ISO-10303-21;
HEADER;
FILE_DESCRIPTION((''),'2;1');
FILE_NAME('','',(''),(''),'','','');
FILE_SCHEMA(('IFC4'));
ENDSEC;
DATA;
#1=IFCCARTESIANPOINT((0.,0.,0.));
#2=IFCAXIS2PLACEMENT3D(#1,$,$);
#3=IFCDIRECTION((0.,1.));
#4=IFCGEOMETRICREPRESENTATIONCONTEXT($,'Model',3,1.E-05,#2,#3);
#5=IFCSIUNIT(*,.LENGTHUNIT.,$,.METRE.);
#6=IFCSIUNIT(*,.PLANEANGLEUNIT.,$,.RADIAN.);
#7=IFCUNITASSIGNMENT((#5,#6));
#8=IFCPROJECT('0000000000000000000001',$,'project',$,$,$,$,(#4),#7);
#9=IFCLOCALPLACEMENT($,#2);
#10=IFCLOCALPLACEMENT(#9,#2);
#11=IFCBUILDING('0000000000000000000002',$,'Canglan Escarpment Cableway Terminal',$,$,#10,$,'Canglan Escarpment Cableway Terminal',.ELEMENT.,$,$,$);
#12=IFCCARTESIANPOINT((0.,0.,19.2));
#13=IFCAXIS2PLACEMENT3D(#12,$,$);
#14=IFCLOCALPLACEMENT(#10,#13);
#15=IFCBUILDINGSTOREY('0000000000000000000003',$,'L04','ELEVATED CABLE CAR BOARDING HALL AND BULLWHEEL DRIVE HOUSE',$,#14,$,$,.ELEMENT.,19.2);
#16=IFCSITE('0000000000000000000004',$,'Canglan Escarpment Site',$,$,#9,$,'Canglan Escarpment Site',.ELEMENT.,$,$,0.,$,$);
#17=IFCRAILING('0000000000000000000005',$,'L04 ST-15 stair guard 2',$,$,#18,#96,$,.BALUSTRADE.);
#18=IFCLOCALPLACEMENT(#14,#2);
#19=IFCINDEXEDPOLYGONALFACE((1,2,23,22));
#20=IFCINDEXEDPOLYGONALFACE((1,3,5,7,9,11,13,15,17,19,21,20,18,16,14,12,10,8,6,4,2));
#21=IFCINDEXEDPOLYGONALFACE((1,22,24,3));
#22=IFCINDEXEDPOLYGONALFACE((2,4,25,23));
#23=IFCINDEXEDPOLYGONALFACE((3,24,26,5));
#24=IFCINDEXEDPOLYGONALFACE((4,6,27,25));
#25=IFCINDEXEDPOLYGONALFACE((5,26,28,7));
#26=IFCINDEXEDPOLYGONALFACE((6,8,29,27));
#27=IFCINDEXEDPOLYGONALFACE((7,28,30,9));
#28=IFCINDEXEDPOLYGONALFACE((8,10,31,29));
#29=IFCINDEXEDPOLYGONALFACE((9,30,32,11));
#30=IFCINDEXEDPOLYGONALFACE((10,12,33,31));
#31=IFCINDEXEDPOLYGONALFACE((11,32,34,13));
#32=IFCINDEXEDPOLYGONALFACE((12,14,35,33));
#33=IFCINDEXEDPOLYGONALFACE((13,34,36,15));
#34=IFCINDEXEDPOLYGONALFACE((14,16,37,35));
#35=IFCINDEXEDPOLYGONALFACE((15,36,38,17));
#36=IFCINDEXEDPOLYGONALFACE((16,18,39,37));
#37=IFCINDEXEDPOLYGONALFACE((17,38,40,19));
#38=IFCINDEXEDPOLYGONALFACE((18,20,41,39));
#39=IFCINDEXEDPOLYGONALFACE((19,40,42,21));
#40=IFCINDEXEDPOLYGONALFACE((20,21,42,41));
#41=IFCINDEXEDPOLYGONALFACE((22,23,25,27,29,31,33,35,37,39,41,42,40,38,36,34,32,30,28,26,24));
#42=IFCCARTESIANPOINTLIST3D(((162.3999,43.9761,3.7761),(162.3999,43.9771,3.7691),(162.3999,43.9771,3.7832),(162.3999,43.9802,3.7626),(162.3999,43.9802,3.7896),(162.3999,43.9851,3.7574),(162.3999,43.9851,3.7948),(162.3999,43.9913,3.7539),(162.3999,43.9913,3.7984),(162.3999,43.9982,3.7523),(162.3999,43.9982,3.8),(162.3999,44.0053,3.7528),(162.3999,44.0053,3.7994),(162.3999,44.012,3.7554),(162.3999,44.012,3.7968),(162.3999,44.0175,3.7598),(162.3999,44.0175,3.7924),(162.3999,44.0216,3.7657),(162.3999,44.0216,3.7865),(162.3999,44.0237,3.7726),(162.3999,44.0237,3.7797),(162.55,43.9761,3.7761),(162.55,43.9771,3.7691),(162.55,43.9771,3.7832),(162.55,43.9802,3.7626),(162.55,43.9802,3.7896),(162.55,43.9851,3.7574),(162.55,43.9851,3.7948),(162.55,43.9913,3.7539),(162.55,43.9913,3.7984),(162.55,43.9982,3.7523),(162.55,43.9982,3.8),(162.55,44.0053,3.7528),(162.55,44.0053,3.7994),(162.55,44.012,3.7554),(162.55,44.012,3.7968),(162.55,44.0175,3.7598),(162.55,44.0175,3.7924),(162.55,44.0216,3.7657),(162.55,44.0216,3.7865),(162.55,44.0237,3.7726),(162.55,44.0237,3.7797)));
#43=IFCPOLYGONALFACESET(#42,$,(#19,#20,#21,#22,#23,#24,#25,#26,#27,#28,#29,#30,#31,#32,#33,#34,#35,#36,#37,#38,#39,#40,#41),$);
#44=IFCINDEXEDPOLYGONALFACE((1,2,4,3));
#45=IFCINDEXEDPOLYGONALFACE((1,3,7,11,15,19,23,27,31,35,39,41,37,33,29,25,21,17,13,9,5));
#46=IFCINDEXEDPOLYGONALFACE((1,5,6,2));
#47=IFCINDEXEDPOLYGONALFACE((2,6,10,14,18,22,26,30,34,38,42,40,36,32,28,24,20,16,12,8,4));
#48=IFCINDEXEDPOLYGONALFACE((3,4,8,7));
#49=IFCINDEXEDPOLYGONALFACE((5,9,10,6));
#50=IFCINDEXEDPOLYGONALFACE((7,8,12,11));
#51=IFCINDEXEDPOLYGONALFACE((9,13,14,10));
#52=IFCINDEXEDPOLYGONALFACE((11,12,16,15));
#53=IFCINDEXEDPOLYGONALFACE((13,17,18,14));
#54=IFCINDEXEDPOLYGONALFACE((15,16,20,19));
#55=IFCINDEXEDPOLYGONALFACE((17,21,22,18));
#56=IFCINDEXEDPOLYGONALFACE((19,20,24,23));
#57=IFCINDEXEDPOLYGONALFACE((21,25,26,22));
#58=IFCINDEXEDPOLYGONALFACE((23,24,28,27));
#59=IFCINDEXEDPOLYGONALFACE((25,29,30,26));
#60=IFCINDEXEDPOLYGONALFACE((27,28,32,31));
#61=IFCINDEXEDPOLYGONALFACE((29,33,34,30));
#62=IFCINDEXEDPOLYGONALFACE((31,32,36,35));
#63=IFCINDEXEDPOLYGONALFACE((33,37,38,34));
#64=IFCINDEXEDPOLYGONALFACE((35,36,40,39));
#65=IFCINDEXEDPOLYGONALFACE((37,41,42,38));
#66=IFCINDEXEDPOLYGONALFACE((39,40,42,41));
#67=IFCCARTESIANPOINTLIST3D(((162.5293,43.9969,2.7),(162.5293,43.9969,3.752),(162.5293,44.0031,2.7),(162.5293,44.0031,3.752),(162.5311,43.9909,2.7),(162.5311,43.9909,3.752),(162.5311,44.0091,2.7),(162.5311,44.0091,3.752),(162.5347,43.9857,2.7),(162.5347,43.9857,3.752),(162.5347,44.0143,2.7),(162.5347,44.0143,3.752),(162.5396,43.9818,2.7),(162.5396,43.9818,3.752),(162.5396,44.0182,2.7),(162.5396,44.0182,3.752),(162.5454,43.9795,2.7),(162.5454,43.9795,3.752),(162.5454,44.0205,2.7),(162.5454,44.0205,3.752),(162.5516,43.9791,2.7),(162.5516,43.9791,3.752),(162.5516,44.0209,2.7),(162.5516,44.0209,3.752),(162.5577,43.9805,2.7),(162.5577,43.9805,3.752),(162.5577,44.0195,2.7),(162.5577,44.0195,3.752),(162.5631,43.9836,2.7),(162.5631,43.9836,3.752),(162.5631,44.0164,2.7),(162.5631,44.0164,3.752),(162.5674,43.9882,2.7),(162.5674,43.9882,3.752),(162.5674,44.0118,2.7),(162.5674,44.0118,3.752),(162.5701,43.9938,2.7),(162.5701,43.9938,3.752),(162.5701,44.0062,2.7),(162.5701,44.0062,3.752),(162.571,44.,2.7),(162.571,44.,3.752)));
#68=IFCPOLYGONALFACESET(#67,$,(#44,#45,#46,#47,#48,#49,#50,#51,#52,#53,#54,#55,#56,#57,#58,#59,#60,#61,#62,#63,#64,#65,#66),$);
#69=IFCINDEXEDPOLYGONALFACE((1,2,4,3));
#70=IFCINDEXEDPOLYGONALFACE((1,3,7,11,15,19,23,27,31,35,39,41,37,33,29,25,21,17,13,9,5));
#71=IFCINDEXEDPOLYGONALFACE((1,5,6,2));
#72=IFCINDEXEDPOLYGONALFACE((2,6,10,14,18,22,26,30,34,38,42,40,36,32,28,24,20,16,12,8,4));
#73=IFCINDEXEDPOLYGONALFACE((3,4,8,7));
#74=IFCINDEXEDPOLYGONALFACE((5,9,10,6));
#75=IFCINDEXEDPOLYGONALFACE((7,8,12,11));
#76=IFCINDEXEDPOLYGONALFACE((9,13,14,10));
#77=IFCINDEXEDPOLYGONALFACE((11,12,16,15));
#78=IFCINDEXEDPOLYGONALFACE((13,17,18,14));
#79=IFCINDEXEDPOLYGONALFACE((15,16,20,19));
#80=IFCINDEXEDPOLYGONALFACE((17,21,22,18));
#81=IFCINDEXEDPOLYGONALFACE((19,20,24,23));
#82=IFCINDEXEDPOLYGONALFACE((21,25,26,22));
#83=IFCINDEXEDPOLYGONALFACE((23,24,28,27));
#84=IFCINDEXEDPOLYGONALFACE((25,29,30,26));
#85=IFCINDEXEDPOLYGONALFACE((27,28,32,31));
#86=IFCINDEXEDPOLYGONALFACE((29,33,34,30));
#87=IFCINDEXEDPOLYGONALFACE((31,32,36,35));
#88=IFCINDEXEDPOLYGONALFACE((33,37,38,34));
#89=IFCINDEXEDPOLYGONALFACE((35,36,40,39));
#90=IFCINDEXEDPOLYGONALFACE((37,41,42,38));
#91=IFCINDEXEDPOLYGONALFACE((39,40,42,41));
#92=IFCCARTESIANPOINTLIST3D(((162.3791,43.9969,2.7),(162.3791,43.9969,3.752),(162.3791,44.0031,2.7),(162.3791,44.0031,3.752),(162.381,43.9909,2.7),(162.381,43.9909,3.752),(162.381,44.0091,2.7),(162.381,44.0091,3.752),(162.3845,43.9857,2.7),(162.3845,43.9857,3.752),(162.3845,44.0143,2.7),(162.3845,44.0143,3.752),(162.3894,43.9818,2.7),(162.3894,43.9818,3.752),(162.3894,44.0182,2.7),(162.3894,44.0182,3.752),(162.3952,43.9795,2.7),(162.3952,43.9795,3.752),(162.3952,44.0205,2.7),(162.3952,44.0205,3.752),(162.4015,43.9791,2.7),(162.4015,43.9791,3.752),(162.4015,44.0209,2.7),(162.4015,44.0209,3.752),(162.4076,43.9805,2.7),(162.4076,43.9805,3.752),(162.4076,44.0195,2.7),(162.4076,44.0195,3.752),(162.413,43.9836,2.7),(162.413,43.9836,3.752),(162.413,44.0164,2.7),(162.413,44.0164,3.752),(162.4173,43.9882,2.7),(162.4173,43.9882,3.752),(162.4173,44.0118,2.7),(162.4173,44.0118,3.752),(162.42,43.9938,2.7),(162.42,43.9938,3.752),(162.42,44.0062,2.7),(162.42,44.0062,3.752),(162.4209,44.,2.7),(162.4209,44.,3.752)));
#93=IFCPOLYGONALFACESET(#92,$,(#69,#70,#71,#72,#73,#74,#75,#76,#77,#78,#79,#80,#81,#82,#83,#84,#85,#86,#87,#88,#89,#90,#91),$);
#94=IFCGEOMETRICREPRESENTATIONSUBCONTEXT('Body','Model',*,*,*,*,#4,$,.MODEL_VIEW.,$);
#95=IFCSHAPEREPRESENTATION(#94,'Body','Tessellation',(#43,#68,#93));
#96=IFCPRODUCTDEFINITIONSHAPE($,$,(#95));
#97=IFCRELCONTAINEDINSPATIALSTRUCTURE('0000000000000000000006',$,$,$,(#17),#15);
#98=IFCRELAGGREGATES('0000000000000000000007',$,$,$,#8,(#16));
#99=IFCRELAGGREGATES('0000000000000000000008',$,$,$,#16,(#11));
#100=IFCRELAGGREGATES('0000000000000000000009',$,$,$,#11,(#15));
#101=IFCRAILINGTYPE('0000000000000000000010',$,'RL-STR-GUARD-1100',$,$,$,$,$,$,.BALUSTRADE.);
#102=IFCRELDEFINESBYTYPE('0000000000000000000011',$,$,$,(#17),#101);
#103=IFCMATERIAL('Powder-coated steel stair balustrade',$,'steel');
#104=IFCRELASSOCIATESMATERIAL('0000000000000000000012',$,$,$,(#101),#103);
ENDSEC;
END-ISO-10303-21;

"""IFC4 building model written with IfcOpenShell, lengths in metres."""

from ifc_helpers import new_model, si_unit, direction, frame, origin, origin_2d, place, context, subcontext, project, spatial, circle, extrude, material, type_object, element, save


model = new_model("IFC4")

# Units and contexts
model_context = context("Model", 3, precision=1e-05, world=origin(), true_north=direction((0.0, 1.0)))
body_context = subcontext(model_context, "Body", "Model", "MODEL_VIEW")
ifc_project = project(units=[si_unit("LENGTHUNIT", "METRE"), si_unit("PLANEANGLEUNIT", "RADIAN")], contexts=[model_context])

# Site, building, storey
site_placement = place(None, origin())
site = spatial("IfcSite", under=ifc_project, at=site_placement, Name="Canglan Escarpment Site", LongName="Canglan Escarpment Site", CompositionType="ELEMENT", RefElevation=0.0)
building_placement = place(site_placement, origin())
building = spatial("IfcBuilding", under=site, at=building_placement, Name="Canglan Escarpment Cableway Terminal", LongName="Canglan Escarpment Cableway Terminal", CompositionType="ELEMENT")
storey_placement = place(building_placement, frame((0.0, 0.0, 19.2)))
storey = spatial("IfcBuildingStorey", under=building, at=storey_placement, Name="L04", Description="ELEVATED CABLE CAR BOARDING HALL AND BULLWHEEL DRIVE HOUSE", CompositionType="ELEMENT", Elevation=19.2)

# Railing
ifc_material_1 = material(Name="Powder-coated steel stair balustrade", Category="steel")
railing_type_1 = type_object("IfcRailingType", Name="RL-STR-GUARD-1100", PredefinedType="BALUSTRADE", material=ifc_material_1)
railing_1_placement = place(storey_placement, frame((162.55, 44.0, 2.7)))
element("IfcRailing", 1, at=railing_1_placement, inside=storey, type_object=railing_type_1, Name="L04 ST-15 stair guard 2", PredefinedType="BALUSTRADE", context=body_context, shape_type="SweptSolid", body=[
    extrude(circle(Radius=0.0239, at=origin_2d()), frame((0.0, 0.0, 1.0762), z_axis=(-1.0, 0.0, 0.0), x_axis=(0.0, -1.0, 0.0)), (0.0, 0.0, 1.0), 0.1501),
    extrude(circle(Radius=0.021, at=origin_2d()), origin(), (0.0, 0.0, 1.0), 1.052),
    extrude(circle(Radius=0.021, at=origin_2d()), frame((-0.1501, 0.0, 0.0)), (0.0, 0.0, 1.0), 1.052),
])

save(model, "model.ifc")
